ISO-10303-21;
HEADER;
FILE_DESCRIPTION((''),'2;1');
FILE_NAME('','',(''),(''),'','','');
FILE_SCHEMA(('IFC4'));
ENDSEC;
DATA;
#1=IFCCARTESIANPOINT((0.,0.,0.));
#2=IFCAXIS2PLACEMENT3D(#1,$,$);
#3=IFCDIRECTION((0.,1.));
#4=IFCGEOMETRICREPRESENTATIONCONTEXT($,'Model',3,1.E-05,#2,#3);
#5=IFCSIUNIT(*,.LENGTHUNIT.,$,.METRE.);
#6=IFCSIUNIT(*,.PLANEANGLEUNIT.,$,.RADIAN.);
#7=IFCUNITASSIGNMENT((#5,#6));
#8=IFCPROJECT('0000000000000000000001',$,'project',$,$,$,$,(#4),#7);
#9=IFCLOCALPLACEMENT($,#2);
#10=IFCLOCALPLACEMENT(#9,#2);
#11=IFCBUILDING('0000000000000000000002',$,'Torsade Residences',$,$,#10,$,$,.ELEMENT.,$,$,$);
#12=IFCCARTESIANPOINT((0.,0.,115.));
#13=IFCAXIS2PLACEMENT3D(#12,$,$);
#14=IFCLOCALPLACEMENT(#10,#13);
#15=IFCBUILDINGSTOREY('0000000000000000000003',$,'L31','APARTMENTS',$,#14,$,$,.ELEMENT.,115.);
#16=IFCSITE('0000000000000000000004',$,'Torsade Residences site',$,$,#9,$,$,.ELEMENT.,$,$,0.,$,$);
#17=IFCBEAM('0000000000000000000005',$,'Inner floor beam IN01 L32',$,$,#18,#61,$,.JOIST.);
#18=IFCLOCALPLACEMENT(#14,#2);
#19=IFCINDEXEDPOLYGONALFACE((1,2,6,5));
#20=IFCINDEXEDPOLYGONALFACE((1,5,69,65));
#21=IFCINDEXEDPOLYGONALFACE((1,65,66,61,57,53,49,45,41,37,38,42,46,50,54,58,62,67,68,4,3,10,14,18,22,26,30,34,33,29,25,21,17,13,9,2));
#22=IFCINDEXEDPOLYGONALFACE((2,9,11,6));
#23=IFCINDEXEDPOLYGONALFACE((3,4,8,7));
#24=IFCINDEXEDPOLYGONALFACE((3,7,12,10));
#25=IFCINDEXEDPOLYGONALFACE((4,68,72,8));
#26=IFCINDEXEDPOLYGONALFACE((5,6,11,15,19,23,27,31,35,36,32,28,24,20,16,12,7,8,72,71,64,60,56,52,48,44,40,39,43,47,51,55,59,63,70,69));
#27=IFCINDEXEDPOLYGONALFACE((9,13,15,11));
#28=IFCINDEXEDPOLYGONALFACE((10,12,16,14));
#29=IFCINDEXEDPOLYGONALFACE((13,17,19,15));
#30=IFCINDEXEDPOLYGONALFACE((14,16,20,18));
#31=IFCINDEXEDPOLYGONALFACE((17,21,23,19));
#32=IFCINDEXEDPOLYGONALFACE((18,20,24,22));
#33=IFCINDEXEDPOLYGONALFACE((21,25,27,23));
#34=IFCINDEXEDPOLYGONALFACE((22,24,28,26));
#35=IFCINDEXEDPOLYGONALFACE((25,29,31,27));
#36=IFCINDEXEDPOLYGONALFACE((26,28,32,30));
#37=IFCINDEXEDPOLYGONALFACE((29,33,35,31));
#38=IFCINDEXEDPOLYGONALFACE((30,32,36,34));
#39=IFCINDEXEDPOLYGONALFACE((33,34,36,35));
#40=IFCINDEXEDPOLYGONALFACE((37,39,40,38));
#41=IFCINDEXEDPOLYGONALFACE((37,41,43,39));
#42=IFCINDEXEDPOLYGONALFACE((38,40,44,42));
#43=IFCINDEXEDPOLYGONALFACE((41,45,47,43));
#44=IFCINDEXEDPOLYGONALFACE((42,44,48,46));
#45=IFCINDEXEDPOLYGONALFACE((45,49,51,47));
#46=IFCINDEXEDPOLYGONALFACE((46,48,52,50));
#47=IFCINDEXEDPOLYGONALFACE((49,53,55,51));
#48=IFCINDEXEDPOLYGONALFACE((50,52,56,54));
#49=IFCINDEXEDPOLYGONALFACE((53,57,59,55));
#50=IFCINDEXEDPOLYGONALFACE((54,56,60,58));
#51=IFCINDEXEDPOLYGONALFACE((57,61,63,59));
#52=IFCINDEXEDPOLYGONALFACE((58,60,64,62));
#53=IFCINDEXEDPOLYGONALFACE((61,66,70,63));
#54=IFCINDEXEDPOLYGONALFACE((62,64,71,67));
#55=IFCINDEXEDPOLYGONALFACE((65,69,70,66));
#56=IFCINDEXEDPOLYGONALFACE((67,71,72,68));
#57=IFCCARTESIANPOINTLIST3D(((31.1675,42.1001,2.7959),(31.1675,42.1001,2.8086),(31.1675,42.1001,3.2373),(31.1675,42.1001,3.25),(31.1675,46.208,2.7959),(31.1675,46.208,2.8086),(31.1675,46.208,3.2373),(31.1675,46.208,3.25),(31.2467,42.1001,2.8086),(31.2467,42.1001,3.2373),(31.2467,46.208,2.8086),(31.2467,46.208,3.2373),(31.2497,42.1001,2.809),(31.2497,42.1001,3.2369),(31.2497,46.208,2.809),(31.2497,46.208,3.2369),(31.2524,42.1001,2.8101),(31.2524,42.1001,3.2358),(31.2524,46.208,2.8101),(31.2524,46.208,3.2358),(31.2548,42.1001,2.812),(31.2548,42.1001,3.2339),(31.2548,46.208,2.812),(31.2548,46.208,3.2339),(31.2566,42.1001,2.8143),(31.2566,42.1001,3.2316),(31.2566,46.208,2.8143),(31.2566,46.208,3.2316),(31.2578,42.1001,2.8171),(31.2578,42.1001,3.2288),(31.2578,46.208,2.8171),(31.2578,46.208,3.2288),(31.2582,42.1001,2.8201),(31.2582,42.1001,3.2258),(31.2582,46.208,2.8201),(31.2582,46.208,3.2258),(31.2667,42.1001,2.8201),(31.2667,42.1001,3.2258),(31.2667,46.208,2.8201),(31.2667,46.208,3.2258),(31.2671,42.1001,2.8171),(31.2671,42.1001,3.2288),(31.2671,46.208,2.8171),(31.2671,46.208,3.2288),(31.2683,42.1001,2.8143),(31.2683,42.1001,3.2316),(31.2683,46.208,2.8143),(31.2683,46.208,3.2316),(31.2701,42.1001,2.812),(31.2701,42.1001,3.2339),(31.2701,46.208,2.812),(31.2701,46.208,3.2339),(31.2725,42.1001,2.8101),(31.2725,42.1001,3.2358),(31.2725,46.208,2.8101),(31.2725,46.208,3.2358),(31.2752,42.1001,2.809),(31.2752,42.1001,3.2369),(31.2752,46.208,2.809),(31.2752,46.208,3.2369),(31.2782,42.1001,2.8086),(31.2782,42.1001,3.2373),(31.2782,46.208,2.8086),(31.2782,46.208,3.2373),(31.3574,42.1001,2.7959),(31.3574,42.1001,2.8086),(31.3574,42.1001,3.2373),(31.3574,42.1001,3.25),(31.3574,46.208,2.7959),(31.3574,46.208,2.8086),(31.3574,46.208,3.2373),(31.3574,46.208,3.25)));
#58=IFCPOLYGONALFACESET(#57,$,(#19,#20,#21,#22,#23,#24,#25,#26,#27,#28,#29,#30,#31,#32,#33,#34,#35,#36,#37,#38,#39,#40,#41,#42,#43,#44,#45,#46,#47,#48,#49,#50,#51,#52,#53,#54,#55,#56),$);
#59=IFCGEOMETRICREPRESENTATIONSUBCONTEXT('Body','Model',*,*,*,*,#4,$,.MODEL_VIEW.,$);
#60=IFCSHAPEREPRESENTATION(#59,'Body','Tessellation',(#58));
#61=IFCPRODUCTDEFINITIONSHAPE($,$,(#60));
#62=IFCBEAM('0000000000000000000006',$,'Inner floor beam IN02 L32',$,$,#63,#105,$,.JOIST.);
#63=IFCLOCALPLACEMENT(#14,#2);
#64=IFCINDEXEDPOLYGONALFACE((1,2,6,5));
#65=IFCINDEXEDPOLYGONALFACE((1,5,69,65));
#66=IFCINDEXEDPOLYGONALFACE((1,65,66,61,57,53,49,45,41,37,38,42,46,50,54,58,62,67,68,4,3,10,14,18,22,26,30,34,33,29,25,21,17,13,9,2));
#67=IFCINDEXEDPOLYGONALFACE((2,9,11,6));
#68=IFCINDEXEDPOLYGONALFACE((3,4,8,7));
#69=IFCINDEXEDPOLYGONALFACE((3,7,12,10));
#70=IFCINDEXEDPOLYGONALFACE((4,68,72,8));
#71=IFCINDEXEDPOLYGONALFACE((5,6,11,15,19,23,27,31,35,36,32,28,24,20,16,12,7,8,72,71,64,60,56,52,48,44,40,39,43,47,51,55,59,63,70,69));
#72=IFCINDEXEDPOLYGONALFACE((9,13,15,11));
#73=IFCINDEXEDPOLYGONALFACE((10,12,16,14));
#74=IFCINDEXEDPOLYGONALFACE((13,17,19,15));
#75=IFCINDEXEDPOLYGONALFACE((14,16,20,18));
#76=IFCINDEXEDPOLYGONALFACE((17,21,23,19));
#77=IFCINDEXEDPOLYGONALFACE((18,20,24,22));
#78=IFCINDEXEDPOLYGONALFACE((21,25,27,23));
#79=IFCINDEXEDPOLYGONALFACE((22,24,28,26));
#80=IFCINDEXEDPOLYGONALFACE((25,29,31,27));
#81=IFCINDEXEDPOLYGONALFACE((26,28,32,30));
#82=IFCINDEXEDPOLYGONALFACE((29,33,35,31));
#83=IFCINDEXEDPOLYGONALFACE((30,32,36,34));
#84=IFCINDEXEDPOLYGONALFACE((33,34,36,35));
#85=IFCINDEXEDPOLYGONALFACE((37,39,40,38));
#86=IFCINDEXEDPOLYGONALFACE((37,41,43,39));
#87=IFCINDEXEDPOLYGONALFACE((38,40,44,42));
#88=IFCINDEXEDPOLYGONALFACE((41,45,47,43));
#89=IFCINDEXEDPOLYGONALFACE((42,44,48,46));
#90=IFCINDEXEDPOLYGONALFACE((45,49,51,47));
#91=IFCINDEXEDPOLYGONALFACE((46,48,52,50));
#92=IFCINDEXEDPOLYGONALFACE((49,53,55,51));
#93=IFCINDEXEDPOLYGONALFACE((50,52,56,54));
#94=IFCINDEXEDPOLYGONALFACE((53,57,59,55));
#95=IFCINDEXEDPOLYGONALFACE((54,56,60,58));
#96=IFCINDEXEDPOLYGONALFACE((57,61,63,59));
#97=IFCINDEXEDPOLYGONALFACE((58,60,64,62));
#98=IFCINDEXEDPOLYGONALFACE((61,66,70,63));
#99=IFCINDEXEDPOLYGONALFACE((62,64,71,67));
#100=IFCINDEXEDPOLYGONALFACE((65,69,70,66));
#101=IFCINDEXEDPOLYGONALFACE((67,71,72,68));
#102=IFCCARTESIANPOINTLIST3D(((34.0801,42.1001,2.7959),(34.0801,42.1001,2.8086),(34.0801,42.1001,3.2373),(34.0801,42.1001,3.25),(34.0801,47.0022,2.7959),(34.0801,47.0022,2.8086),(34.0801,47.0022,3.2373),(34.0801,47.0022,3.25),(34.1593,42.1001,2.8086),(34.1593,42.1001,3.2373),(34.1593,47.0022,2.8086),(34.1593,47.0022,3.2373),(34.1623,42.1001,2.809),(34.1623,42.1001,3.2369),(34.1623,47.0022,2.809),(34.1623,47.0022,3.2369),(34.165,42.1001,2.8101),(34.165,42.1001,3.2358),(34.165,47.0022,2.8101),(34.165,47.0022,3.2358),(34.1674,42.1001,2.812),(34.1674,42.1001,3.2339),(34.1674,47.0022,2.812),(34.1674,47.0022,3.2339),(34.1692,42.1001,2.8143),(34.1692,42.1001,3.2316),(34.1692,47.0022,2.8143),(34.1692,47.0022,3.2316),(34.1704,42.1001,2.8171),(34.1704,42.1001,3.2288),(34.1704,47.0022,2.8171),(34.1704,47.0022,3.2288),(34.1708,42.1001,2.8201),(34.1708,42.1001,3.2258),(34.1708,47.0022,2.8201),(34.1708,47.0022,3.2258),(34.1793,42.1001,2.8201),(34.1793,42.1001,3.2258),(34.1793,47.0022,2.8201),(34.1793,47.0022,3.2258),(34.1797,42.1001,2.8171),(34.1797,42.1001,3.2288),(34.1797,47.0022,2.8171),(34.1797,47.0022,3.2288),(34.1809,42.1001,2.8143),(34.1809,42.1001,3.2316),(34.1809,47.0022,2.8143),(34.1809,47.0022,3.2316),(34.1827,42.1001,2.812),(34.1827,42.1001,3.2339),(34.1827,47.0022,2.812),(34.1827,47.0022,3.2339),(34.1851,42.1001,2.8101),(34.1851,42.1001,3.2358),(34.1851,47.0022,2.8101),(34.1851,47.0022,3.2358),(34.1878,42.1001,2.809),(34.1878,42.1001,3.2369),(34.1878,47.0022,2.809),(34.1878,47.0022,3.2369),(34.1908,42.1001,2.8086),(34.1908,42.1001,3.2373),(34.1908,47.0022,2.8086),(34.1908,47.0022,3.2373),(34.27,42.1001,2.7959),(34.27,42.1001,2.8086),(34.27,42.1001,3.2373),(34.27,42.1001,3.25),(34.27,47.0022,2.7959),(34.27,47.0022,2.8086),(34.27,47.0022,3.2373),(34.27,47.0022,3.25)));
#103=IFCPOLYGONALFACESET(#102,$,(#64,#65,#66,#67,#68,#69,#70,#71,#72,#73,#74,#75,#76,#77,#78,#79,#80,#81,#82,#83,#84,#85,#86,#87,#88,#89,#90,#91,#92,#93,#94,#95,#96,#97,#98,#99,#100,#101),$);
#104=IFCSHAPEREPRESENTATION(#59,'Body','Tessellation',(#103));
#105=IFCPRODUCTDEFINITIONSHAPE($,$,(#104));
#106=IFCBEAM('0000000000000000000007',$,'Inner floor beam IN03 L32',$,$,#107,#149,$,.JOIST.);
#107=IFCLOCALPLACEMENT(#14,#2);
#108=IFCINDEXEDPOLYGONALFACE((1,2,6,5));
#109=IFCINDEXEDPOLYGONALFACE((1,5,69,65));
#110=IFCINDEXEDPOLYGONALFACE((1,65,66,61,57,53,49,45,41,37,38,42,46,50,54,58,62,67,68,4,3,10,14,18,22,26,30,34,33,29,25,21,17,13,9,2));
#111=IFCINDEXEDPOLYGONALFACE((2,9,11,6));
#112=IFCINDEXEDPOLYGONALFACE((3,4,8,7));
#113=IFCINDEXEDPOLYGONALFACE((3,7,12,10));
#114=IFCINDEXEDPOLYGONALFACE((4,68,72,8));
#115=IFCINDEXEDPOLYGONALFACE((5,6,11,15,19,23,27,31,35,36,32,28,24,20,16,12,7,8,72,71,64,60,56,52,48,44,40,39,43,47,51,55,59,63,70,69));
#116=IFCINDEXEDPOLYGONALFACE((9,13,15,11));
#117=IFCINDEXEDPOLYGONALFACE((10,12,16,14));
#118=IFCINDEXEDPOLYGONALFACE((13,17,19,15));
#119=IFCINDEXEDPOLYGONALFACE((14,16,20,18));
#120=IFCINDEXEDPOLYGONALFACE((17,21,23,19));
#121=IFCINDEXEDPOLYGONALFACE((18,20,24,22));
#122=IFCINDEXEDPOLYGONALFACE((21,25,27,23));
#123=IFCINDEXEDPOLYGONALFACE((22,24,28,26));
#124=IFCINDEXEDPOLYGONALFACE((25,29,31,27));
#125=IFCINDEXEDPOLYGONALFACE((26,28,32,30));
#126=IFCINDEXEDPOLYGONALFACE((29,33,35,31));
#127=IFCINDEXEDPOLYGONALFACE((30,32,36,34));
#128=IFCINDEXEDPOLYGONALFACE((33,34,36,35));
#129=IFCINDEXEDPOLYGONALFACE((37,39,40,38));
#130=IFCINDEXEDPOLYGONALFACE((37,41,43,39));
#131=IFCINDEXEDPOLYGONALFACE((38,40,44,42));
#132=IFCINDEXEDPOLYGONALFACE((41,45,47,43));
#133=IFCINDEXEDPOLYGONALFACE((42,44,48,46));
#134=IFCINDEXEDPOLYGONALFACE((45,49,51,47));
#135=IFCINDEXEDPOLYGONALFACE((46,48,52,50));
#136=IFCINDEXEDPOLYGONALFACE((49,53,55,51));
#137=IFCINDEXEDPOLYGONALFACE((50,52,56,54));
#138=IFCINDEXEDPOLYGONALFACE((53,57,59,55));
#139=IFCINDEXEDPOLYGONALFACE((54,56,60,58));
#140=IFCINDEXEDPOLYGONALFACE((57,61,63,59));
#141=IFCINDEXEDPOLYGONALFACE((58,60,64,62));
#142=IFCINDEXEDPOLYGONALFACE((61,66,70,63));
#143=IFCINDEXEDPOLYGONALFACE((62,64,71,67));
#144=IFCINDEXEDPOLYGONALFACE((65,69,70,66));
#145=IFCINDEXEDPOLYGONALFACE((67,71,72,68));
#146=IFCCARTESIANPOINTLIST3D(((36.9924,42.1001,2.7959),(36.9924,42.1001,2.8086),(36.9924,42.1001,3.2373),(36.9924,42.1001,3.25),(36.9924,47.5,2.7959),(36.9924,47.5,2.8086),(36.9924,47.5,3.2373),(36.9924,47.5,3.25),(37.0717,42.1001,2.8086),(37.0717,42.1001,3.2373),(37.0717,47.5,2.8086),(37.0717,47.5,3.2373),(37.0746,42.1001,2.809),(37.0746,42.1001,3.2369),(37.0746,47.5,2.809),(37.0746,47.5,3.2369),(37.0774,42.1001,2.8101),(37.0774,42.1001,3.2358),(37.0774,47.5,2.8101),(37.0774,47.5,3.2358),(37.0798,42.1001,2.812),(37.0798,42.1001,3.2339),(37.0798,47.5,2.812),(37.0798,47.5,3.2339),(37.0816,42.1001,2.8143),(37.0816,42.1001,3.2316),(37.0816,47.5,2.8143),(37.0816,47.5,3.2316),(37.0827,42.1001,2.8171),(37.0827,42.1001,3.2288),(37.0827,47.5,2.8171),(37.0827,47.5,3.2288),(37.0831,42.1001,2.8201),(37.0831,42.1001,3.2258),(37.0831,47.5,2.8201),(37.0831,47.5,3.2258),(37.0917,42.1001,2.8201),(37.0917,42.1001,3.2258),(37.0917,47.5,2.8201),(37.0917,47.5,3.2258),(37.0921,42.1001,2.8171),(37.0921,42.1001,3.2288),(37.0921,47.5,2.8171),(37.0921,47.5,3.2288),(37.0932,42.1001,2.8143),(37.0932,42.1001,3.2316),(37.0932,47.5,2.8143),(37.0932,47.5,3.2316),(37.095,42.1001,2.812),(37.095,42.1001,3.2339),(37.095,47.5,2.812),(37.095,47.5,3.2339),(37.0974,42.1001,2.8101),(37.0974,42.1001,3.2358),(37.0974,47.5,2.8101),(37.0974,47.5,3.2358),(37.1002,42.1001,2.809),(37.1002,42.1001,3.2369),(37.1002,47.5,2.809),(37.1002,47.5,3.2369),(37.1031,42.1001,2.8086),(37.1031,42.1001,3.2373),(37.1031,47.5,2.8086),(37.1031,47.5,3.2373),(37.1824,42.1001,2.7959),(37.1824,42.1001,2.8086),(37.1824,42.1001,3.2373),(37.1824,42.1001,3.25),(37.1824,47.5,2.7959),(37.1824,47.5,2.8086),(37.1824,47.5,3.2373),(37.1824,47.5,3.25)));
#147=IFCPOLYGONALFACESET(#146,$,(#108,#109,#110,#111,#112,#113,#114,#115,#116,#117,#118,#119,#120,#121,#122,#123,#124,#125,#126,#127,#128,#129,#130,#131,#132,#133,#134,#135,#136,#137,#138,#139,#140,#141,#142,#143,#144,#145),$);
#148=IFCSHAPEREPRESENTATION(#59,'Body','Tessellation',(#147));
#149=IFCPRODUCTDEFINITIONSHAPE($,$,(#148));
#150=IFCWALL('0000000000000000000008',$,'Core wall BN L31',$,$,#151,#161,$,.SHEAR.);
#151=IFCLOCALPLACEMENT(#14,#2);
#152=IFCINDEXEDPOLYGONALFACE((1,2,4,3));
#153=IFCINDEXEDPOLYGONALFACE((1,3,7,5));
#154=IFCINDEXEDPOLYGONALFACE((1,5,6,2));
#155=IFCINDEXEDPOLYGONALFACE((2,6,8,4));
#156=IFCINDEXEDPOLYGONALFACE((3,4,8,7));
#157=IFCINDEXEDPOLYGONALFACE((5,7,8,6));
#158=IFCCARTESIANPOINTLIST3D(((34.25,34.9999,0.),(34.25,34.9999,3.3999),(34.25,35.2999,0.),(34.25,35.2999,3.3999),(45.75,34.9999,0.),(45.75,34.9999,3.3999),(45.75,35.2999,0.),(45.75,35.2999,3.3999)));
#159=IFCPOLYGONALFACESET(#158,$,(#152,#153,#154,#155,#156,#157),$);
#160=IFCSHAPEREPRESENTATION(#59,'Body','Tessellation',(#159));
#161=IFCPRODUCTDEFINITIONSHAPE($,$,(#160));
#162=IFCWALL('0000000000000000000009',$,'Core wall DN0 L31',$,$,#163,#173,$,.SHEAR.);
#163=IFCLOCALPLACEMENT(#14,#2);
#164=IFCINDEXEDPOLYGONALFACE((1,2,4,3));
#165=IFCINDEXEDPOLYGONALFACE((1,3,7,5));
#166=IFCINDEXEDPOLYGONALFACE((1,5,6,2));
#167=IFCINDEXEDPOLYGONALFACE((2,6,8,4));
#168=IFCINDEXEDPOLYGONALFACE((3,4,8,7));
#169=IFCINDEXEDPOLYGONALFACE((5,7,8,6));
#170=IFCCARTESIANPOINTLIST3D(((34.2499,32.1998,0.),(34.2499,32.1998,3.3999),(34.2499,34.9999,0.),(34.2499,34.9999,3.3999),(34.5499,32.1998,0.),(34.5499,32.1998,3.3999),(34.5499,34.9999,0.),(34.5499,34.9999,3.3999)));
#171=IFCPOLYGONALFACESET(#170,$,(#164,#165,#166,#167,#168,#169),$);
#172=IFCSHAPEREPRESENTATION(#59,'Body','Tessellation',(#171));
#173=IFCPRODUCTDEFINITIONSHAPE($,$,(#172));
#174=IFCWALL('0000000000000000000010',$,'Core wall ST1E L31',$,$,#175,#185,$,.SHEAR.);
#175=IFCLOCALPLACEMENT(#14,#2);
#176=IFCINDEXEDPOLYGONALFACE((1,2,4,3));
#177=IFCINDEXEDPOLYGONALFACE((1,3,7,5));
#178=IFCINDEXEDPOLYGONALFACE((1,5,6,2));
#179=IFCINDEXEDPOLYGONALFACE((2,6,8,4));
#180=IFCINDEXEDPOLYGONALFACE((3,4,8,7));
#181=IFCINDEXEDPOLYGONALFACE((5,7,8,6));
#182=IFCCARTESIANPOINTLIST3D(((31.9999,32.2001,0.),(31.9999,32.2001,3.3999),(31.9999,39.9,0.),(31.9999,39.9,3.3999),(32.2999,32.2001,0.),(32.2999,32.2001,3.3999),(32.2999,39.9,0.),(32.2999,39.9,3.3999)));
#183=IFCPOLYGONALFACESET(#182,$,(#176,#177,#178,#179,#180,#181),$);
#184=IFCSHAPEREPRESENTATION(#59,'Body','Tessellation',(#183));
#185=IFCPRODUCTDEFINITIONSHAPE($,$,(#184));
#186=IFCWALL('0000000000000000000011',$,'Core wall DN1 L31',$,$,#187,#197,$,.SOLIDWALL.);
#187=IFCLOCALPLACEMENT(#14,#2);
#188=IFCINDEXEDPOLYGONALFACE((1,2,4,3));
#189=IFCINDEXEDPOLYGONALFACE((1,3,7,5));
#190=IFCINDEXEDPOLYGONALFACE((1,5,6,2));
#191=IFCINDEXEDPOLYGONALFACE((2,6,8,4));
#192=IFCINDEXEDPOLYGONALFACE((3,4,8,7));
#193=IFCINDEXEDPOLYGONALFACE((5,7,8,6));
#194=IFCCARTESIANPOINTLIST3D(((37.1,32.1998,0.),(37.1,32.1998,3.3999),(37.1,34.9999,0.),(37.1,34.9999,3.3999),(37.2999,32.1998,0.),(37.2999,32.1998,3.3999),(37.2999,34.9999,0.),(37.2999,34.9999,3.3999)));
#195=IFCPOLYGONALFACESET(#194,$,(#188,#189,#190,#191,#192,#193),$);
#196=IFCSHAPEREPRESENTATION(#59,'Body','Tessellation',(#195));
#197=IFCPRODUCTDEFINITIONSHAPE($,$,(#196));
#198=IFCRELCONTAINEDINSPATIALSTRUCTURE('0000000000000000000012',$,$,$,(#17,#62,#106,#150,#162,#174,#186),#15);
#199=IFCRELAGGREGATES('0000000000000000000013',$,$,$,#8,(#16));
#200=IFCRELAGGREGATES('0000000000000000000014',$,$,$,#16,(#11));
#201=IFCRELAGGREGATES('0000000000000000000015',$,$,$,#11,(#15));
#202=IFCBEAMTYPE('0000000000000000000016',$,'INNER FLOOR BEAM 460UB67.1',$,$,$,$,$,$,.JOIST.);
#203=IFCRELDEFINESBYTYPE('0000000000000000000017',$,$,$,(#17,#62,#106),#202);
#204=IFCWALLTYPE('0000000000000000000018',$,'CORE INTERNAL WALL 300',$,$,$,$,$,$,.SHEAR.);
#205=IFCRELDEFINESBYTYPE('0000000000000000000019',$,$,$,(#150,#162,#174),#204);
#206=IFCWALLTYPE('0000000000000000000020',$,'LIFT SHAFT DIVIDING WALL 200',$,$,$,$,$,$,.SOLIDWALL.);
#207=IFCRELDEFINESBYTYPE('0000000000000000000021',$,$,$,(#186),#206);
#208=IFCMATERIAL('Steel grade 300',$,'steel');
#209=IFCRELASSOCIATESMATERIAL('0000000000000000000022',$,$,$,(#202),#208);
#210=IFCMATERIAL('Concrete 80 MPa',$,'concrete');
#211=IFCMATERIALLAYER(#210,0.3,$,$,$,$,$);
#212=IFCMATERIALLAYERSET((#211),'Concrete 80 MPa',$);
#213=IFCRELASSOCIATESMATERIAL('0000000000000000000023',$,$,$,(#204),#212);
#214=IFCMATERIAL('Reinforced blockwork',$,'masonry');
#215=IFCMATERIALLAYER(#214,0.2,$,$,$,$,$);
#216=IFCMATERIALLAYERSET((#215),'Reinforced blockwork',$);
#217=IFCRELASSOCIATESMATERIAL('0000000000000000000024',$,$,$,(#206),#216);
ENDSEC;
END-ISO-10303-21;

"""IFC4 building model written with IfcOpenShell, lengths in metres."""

from ifc_helpers import new_model, si_unit, direction, frame, frame_2d, origin, origin_2d, place, context, subcontext, project, spatial, rectangle, i_section, extrude, material, layer, layer_set, material_profile, profile_set, type_object, element, save


model = new_model("IFC4")

# Units and contexts
model_context = context("Model", 3, precision=1e-05, world=origin(), true_north=direction((0.0, 1.0)))
body_context = subcontext(model_context, "Body", "Model", "MODEL_VIEW")
ifc_project = project(units=[si_unit("LENGTHUNIT", "METRE"), si_unit("PLANEANGLEUNIT", "RADIAN")], contexts=[model_context])

# Site, building, storey
site_placement = place(None, origin())
site = spatial("IfcSite", under=ifc_project, at=site_placement, Name="Torsade Residences site", CompositionType="ELEMENT", RefElevation=0.0)
building_placement = place(site_placement, origin())
building = spatial("IfcBuilding", under=site, at=building_placement, Name="Torsade Residences", CompositionType="ELEMENT")
storey_placement = place(building_placement, frame((0.0, 0.0, 115.0)))
storey = spatial("IfcBuildingStorey", under=building, at=storey_placement, Name="L31", Description="APARTMENTS", CompositionType="ELEMENT", Elevation=115.0)

# Beams
ifc_material_1 = material(Name="Steel grade 300", Category="steel")
ifc_material_profile = material_profile(ifc_material_1, i_section(OverallWidth=0.1899, OverallDepth=0.4541, WebThickness=0.0085, FlangeThickness=0.0127, FilletRadius=0.0115, at=origin_2d()), Name="460UB67.1")
ifc_profile_set = profile_set([ifc_material_profile], Name="Steel grade 300")
beam_type = type_object("IfcBeamType", Name="INNER FLOOR BEAM 460UB67.1", PredefinedType="JOIST", material=ifc_profile_set)
beam_1_placement = place(storey_placement, frame((31.2625, 42.1001, 3.0229), z_axis=(0.0, 1.0, 0.0), x_axis=(-1.0, 0.0, 0.0)))
element("IfcBeam", 1, at=beam_1_placement, inside=storey, type_object=beam_type, Name="Inner floor beam IN01 L32", PredefinedType="JOIST", context=body_context, shape_type="SweptSolid", body=[
    extrude(i_section(OverallWidth=0.1899, OverallDepth=0.4541, WebThickness=0.0085, FlangeThickness=0.0127, FilletRadius=0.0115, at=origin_2d()), origin(), (0.0, 0.0, 1.0), 4.1079),
])
beam_2_placement = place(storey_placement, frame((34.175, 42.1001, 3.0229), z_axis=(0.0, 1.0, 0.0), x_axis=(-1.0, 0.0, 0.0)))
element("IfcBeam", 2, at=beam_2_placement, inside=storey, type_object=beam_type, Name="Inner floor beam IN02 L32", PredefinedType="JOIST", context=body_context, shape_type="SweptSolid", body=[
    extrude(i_section(OverallWidth=0.1899, OverallDepth=0.4541, WebThickness=0.0085, FlangeThickness=0.0127, FilletRadius=0.0115, at=origin_2d()), origin(), (0.0, 0.0, 1.0), 4.9021),
])
beam_3_placement = place(storey_placement, frame((37.0874, 42.1001, 3.0229), z_axis=(0.0, 1.0, 0.0), x_axis=(-1.0, 0.0, 0.0)))
element("IfcBeam", 3, at=beam_3_placement, inside=storey, type_object=beam_type, Name="Inner floor beam IN03 L32", PredefinedType="JOIST", context=body_context, shape_type="SweptSolid", body=[
    extrude(i_section(OverallWidth=0.1899, OverallDepth=0.4541, WebThickness=0.0085, FlangeThickness=0.0127, FilletRadius=0.0115, at=origin_2d()), origin(), (0.0, 0.0, 1.0), 5.3999),
])

# Walls
ifc_material_2 = material(Name="Concrete 80 MPa", Category="concrete")
ifc_layer_1 = layer(ifc_material_2, 0.3)
ifc_layer_set_1 = layer_set([ifc_layer_1], Name="Concrete 80 MPa")
wall_type_1 = type_object("IfcWallType", Name="CORE INTERNAL WALL 300", PredefinedType="SHEAR", material=ifc_layer_set_1)
wall_1_placement = place(storey_placement, frame((34.25, 35.1499, 0.0), z_axis=(0.0, 0.0, 1.0), x_axis=(1.0, 0.0, 0.0)))
element("IfcWall", 4, at=wall_1_placement, inside=storey, type_object=wall_type_1, Name="Core wall BN L31", PredefinedType="SHEAR", context=body_context, shape_type="SweptSolid", body=[
    extrude(rectangle(XDim=11.5, YDim=0.3, at=frame_2d((5.75, 0.0))), origin(), (0.0, 0.0, 1.0), 3.3999),
])
wall_2_placement = place(storey_placement, frame((34.3999, 32.2, 0.0), z_axis=(0.0, 0.0, 1.0), x_axis=(0.0, 1.0, 0.0)))
element("IfcWall", 5, at=wall_2_placement, inside=storey, type_object=wall_type_1, Name="Core wall DN0 L31", PredefinedType="SHEAR", context=body_context, shape_type="SweptSolid", body=[
    extrude(rectangle(XDim=2.8, YDim=0.3, at=frame_2d((1.3999, 0.0))), origin(), (0.0, 0.0, 1.0), 3.3999),
])
wall_3_placement = place(storey_placement, frame((32.1499, 32.2, 0.0), z_axis=(0.0, 0.0, 1.0), x_axis=(0.0, 1.0, 0.0)))
element("IfcWall", 6, at=wall_3_placement, inside=storey, type_object=wall_type_1, Name="Core wall ST1E L31", PredefinedType="SHEAR", context=body_context, shape_type="SweptSolid", body=[
    extrude(rectangle(XDim=7.7, YDim=0.3, at=frame_2d((3.8501, 0.0))), origin(), (0.0, 0.0, 1.0), 3.3999),
])
ifc_material_3 = material(Name="Reinforced blockwork", Category="masonry")
ifc_layer_2 = layer(ifc_material_3, 0.2)
ifc_layer_set_2 = layer_set([ifc_layer_2], Name="Reinforced blockwork")
wall_type_2 = type_object("IfcWallType", Name="LIFT SHAFT DIVIDING WALL 200", PredefinedType="SOLIDWALL", material=ifc_layer_set_2)
wall_4_placement = place(storey_placement, frame((37.2, 32.2, 0.0), z_axis=(0.0, 0.0, 1.0), x_axis=(0.0, 1.0, 0.0)))
element("IfcWall", 7, at=wall_4_placement, inside=storey, type_object=wall_type_2, Name="Core wall DN1 L31", PredefinedType="SOLIDWALL", context=body_context, shape_type="SweptSolid", body=[
    extrude(rectangle(XDim=2.8, YDim=0.2, at=frame_2d((1.3999, 0.0))), origin(), (0.0, 0.0, 1.0), 3.3999),
])

save(model, "model.ifc")
